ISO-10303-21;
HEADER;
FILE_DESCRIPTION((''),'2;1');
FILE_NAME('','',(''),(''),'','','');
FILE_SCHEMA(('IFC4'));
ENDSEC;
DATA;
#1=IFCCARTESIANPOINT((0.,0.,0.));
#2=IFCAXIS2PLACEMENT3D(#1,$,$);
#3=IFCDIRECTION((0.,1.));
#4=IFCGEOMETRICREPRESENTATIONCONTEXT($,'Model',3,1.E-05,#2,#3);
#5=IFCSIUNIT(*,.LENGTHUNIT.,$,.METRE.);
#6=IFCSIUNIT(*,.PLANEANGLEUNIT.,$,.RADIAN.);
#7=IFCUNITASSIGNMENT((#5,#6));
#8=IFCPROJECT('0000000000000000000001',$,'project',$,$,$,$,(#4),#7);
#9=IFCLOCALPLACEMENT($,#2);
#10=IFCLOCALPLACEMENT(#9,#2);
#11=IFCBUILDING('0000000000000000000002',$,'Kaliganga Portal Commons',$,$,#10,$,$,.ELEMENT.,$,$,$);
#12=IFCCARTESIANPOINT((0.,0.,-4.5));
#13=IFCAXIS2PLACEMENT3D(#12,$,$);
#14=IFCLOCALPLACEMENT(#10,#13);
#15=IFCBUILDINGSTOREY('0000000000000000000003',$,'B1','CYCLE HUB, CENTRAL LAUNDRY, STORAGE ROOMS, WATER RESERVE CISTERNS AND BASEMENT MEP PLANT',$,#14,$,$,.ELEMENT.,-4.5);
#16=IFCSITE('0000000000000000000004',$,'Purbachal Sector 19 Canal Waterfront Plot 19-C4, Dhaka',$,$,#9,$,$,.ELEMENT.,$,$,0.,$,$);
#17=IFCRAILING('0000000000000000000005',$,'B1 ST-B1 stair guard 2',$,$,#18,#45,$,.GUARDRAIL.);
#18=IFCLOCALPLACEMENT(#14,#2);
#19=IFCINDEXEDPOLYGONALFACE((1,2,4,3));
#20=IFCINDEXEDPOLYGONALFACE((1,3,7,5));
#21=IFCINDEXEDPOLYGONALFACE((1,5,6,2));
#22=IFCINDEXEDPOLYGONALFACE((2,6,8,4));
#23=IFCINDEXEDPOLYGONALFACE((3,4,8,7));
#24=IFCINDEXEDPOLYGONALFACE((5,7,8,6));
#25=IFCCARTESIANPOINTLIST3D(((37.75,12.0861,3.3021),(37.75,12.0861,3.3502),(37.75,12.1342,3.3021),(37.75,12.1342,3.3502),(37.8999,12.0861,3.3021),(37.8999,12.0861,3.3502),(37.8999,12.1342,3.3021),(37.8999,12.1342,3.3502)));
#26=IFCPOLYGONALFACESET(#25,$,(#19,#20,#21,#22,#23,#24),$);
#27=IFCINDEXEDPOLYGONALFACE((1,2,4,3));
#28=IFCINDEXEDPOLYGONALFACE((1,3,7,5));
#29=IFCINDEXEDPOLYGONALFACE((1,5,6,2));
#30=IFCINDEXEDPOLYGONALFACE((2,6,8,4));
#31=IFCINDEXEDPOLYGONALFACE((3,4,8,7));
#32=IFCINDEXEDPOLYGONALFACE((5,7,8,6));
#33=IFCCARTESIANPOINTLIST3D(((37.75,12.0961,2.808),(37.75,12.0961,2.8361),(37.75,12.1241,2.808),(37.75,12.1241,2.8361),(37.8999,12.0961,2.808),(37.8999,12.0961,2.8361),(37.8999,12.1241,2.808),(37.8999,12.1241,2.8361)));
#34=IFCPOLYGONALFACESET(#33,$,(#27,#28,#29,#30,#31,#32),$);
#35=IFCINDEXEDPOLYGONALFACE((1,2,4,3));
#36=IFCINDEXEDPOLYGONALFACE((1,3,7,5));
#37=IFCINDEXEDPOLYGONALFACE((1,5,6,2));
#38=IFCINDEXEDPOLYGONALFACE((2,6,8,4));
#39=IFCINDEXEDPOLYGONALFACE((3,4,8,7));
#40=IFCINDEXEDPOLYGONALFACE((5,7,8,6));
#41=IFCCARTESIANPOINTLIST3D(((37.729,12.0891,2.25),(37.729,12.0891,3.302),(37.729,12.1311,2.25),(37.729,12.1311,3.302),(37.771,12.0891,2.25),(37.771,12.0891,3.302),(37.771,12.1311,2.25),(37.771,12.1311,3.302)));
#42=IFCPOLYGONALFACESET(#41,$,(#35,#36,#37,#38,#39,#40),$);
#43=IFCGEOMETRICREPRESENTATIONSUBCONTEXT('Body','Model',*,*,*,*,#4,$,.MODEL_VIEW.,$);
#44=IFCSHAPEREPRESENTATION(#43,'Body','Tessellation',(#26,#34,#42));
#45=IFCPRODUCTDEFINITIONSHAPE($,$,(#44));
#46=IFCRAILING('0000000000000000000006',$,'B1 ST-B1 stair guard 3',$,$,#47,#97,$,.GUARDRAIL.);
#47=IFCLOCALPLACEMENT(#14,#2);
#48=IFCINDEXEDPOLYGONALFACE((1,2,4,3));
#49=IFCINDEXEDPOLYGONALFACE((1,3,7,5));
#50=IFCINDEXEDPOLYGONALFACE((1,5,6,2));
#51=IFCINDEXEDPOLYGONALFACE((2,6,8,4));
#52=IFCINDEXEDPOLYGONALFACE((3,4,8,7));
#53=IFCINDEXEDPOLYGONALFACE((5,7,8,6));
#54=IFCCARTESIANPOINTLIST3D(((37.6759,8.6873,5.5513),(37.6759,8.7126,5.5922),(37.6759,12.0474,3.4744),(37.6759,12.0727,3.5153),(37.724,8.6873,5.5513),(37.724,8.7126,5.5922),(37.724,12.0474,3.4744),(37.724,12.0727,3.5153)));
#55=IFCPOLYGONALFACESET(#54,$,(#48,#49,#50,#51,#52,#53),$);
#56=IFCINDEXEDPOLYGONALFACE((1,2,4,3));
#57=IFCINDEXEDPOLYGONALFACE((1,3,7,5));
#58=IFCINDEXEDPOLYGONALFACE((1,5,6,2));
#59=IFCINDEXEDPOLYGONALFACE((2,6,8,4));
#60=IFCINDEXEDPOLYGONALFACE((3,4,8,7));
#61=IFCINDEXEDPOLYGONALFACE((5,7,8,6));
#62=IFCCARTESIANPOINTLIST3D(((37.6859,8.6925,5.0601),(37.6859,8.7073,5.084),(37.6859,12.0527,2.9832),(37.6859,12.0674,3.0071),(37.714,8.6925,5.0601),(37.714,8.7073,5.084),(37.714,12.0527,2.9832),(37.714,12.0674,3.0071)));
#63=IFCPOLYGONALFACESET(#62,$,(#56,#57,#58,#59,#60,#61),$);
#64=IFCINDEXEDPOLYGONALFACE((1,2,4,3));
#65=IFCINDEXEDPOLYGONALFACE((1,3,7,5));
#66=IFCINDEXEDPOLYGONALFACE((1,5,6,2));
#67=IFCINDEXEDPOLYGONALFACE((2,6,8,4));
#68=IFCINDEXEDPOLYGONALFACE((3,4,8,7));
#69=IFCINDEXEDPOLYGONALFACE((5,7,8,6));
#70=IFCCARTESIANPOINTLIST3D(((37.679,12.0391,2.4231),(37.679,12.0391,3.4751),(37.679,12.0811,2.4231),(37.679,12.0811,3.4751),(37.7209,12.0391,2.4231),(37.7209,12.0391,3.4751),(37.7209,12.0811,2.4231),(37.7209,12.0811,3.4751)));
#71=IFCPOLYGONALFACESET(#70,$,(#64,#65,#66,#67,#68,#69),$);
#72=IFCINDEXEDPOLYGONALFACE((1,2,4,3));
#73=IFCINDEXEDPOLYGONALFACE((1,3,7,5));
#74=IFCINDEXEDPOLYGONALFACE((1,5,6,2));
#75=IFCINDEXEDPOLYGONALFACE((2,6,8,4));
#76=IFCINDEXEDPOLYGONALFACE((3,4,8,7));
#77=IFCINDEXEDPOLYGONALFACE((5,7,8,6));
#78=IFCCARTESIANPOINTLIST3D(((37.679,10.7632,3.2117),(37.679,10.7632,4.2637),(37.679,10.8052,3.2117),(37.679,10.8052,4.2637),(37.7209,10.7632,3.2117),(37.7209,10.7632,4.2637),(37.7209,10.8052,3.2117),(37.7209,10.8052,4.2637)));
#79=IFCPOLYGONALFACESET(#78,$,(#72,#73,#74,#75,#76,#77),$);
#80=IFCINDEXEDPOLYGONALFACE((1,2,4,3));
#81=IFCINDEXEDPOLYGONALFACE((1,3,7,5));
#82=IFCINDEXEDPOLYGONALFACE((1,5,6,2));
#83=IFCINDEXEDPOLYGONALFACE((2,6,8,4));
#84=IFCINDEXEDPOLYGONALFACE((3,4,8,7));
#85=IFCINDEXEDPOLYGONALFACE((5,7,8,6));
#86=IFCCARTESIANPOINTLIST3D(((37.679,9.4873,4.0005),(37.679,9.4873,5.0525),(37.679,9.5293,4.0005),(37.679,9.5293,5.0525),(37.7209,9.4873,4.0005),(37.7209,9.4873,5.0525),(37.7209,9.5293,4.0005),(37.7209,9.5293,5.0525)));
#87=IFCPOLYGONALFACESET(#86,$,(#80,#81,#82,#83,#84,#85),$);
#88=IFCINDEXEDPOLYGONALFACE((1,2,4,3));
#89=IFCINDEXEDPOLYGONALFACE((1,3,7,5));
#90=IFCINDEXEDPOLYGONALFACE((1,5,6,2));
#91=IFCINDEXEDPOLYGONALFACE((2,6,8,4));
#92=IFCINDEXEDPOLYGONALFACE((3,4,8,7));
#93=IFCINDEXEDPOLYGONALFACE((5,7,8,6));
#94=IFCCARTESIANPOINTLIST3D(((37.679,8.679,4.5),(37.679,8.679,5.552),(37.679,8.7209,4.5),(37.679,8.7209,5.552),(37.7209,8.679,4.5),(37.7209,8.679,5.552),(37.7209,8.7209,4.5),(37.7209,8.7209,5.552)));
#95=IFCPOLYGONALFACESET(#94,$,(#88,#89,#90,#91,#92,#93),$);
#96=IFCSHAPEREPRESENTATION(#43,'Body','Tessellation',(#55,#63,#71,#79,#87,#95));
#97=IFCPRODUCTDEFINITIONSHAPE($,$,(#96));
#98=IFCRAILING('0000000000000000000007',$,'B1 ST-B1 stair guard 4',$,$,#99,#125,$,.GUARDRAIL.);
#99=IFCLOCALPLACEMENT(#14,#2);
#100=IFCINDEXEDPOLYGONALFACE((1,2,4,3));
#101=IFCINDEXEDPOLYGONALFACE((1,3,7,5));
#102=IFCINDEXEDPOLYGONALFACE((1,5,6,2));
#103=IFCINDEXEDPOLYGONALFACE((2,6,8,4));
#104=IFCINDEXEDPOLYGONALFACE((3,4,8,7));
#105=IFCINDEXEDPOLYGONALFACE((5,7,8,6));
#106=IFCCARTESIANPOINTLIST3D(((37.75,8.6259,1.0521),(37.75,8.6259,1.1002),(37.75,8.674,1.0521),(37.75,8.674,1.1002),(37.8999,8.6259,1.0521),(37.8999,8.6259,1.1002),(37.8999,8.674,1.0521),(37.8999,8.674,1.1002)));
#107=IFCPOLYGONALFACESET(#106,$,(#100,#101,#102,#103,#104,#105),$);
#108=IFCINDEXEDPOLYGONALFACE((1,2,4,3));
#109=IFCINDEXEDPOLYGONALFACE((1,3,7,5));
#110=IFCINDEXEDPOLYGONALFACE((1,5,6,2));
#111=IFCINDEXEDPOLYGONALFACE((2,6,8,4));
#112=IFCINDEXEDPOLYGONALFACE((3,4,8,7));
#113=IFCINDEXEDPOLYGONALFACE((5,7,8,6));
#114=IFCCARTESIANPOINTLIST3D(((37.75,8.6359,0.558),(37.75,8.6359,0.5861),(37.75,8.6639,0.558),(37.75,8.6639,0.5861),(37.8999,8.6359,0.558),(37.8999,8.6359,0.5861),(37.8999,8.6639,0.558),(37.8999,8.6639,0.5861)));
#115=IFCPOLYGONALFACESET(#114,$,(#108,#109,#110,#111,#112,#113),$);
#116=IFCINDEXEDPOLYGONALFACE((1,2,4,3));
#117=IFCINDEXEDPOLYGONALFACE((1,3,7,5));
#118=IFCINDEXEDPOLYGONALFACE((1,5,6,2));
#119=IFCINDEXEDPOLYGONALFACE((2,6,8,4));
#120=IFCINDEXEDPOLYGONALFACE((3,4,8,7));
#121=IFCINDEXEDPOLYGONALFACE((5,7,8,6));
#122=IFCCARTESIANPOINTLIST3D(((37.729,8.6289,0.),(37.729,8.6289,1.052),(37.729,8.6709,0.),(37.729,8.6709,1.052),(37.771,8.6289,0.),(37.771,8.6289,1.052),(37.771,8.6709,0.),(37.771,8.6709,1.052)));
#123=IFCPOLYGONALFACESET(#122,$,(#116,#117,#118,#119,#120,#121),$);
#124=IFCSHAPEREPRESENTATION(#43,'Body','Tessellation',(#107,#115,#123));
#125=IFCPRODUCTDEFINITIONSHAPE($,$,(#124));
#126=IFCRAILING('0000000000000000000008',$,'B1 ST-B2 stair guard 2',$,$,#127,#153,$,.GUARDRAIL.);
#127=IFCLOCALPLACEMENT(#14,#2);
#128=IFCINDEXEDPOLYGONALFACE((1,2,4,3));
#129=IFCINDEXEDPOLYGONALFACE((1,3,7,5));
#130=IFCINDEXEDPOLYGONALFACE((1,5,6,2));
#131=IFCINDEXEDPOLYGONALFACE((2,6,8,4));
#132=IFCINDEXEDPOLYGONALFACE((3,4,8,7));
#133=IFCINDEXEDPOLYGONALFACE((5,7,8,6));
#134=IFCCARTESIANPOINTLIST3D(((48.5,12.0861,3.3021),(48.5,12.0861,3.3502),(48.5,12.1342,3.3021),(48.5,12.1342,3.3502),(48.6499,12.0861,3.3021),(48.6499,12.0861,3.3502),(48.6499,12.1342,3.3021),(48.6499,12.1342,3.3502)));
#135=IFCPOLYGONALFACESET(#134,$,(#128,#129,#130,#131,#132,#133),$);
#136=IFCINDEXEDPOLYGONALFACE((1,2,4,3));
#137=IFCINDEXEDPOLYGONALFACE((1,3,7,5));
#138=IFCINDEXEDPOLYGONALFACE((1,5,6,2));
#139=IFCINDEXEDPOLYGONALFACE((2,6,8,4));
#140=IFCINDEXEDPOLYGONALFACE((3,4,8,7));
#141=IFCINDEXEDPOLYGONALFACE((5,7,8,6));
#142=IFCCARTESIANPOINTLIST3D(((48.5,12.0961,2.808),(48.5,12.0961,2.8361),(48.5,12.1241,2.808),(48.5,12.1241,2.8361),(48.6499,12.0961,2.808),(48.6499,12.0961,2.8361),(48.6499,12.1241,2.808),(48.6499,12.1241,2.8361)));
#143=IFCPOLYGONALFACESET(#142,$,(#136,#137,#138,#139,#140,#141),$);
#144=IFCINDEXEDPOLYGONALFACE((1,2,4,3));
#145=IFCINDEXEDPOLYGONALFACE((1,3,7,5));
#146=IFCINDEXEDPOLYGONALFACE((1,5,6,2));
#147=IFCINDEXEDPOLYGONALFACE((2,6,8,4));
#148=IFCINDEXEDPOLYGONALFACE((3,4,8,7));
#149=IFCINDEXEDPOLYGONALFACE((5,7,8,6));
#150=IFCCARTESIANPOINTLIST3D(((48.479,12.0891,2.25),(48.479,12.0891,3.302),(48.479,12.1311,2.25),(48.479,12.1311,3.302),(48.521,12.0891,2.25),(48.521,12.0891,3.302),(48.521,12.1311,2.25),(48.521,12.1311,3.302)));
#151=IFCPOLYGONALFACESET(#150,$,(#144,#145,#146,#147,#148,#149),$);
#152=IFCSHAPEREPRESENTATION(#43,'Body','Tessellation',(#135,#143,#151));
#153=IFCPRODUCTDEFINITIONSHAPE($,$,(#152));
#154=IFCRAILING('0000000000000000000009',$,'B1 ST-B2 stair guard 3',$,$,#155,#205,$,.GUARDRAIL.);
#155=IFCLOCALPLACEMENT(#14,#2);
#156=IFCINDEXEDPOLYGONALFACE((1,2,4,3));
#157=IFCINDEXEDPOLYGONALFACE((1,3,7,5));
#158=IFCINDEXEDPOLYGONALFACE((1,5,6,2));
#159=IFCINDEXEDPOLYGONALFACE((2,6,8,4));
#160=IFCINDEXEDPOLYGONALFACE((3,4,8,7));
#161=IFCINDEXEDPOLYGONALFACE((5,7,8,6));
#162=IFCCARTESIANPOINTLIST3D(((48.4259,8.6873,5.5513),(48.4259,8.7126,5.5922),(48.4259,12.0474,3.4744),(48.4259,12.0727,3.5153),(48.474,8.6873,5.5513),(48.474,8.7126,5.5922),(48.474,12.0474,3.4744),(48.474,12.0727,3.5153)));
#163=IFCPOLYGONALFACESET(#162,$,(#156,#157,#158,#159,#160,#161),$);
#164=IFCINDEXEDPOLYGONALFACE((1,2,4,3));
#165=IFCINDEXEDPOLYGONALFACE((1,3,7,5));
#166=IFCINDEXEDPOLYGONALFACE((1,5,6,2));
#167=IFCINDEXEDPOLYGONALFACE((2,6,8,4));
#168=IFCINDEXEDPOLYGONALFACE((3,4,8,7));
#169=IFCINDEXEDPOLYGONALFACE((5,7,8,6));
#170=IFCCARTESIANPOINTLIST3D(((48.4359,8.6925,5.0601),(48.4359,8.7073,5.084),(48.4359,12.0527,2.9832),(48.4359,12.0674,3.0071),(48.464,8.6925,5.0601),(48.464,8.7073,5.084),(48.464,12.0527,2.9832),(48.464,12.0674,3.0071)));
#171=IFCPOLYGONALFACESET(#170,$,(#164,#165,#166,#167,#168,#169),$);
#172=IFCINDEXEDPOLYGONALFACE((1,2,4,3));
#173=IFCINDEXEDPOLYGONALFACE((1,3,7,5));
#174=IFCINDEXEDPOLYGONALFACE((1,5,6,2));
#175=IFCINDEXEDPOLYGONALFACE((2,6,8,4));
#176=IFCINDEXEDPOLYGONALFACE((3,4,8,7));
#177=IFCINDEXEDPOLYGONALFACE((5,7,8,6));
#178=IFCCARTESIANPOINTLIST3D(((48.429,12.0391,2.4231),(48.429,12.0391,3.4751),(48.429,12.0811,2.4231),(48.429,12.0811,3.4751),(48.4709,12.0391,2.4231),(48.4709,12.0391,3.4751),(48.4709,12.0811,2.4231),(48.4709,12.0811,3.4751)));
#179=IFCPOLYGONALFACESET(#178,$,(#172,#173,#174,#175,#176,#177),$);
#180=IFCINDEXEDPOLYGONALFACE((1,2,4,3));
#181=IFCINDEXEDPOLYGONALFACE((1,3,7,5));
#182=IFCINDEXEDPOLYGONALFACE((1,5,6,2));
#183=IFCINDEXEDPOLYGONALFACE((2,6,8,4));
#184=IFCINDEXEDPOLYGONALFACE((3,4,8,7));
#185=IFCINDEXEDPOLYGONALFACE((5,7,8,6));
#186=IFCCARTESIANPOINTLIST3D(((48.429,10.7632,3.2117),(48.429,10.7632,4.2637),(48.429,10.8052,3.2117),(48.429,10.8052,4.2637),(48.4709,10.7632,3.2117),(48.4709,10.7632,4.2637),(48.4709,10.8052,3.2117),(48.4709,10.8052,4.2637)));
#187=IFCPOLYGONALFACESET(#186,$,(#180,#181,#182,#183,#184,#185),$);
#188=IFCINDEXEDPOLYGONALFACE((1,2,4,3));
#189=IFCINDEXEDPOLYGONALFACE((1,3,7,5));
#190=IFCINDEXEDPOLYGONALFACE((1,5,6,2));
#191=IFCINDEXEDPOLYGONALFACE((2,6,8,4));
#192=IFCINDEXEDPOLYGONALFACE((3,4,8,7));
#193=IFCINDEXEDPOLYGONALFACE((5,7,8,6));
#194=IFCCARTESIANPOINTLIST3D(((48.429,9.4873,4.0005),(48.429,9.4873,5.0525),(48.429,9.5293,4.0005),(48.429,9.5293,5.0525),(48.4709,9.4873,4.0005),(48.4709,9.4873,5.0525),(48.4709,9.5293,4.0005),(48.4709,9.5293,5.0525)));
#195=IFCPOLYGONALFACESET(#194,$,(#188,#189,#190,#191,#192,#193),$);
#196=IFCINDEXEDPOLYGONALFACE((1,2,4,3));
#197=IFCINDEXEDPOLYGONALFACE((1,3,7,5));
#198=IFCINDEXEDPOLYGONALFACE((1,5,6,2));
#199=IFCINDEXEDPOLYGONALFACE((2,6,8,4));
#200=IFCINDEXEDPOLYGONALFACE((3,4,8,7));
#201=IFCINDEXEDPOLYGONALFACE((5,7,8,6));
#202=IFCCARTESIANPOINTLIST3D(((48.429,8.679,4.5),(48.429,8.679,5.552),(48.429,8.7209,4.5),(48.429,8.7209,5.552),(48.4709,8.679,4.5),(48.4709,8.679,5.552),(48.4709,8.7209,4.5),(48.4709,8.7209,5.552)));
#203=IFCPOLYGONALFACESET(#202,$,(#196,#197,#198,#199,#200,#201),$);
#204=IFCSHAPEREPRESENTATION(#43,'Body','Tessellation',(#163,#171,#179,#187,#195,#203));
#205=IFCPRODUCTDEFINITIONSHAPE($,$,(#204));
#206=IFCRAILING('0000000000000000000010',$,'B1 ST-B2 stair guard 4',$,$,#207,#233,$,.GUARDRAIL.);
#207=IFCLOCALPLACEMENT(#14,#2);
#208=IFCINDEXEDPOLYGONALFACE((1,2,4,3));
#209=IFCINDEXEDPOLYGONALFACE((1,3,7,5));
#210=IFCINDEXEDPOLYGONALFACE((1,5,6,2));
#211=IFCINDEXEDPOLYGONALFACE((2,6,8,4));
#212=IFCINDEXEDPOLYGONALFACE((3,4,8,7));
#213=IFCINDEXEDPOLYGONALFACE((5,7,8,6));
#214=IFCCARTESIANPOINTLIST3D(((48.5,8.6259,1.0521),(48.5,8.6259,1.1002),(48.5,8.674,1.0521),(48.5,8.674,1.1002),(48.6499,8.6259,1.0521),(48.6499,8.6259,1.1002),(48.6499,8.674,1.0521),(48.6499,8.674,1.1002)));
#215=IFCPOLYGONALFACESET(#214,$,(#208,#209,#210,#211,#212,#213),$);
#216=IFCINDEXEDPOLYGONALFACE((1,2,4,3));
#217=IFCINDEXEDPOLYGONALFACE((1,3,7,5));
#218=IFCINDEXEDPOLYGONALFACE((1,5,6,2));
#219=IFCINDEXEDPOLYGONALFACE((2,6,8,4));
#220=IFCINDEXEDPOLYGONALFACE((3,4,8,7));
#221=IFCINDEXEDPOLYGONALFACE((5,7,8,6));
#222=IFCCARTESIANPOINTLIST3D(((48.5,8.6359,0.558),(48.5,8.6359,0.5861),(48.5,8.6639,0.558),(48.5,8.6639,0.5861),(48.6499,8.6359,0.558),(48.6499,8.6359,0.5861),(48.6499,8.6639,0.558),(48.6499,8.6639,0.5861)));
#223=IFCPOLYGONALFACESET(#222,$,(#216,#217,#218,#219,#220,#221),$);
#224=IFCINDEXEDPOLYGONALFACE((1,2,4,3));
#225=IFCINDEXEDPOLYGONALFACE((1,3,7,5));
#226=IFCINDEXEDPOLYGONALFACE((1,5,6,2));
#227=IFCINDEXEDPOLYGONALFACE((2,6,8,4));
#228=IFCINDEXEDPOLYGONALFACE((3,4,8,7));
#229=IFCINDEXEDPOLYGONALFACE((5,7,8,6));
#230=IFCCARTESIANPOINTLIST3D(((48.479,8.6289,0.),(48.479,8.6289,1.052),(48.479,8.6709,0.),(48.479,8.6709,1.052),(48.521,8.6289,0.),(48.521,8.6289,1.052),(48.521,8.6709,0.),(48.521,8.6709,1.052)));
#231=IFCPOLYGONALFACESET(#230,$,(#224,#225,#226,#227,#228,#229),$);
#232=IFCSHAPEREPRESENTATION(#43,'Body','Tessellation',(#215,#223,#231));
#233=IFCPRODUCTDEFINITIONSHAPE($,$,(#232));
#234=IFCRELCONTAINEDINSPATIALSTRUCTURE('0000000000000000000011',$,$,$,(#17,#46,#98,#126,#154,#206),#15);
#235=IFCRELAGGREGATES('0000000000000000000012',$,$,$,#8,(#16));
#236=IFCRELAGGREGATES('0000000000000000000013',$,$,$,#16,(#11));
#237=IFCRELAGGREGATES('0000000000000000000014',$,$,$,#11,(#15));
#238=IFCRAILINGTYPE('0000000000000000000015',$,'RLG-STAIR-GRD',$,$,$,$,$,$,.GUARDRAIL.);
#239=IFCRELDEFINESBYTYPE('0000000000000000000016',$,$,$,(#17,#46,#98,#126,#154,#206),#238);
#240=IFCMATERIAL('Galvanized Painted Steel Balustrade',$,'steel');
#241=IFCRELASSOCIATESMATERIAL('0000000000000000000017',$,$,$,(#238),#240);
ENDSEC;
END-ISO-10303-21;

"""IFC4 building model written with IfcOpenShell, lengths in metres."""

from ifc_helpers import new_model, si_unit, direction, frame, origin, origin_2d, place, context, subcontext, project, spatial, rectangle, extrude, material, type_object, element, save


model = new_model("IFC4")

# Units and contexts
model_context = context("Model", 3, precision=1e-05, world=origin(), true_north=direction((0.0, 1.0)))
body_context = subcontext(model_context, "Body", "Model", "MODEL_VIEW")
ifc_project = project(units=[si_unit("LENGTHUNIT", "METRE"), si_unit("PLANEANGLEUNIT", "RADIAN")], contexts=[model_context])

# Site, building, storey
site_placement = place(None, origin())
site = spatial("IfcSite", under=ifc_project, at=site_placement, Name="Purbachal Sector 19 Canal Waterfront Plot 19-C4, Dhaka", CompositionType="ELEMENT", RefElevation=0.0)
building_placement = place(site_placement, origin())
building = spatial("IfcBuilding", under=site, at=building_placement, Name="Kaliganga Portal Commons", CompositionType="ELEMENT")
storey_placement = place(building_placement, frame((0.0, 0.0, -4.5)))
storey = spatial("IfcBuildingStorey", under=building, at=storey_placement, Name="B1", Description="CYCLE HUB, CENTRAL LAUNDRY, STORAGE ROOMS, WATER RESERVE CISTERNS AND BASEMENT MEP PLANT", CompositionType="ELEMENT", Elevation=-4.5)

# Railings
ifc_material_1 = material(Name="Galvanized Painted Steel Balustrade", Category="steel")
railing_type_1 = type_object("IfcRailingType", Name="RLG-STAIR-GRD", PredefinedType="GUARDRAIL", material=ifc_material_1)
railing_1_placement = place(storey_placement, frame((37.8999, 12.1101, 2.25)))
element("IfcRailing", 1, at=railing_1_placement, inside=storey, type_object=railing_type_1, Name="B1 ST-B1 stair guard 2", PredefinedType="GUARDRAIL", context=body_context, shape_type="SweptSolid", body=[
    extrude(rectangle(XDim=0.0481, YDim=0.0481, at=origin_2d()), frame((0.0, 0.0, 1.0762), z_axis=(-1.0, 0.0, 0.0), x_axis=(0.0, -1.0, 0.0)), (0.0, 0.0, 1.0), 0.1499),
    extrude(rectangle(XDim=0.0281, YDim=0.0281, at=origin_2d()), frame((0.0, 0.0, 0.572), z_axis=(-1.0, 0.0, 0.0), x_axis=(0.0, -1.0, 0.0)), (0.0, 0.0, 1.0), 0.1499),
    extrude(rectangle(XDim=0.042, YDim=0.042, at=origin_2d()), frame((-0.1499, 0.0, 0.0)), (0.0, 0.0, 1.0), 1.052),
])
railing_2_placement = place(storey_placement, frame((37.7, 12.0601, 2.4231)))
element("IfcRailing", 2, at=railing_2_placement, inside=storey, type_object=railing_type_1, Name="B1 ST-B1 stair guard 3", PredefinedType="GUARDRAIL", context=body_context, shape_type="SweptSolid", body=[
    extrude(rectangle(XDim=0.0481, YDim=0.0481, at=origin_2d()), frame((0.0, 0.0, 1.0718), z_axis=(0.0, -0.850623, 0.525776), x_axis=(1.0, 0.0, 0.0)), (0.0, 0.0, 1.0), 3.9502),
    extrude(rectangle(XDim=0.0281, YDim=0.0281, at=origin_2d()), frame((0.0, 0.0, 0.572), z_axis=(0.0, -0.850623, 0.525776), x_axis=(1.0, 0.0, 0.0)), (0.0, 0.0, 1.0), 3.9502),
    extrude(rectangle(XDim=0.042, YDim=0.042, at=origin_2d()), origin(), (0.0, 0.0, 1.0), 1.052),
    extrude(rectangle(XDim=0.042, YDim=0.042, at=origin_2d()), frame((0.0, -1.2759, 0.7886)), (0.0, 0.0, 1.0), 1.052),
    extrude(rectangle(XDim=0.042, YDim=0.042, at=origin_2d()), frame((0.0, -2.5518, 1.5774)), (0.0, 0.0, 1.0), 1.052),
    extrude(rectangle(XDim=0.042, YDim=0.042, at=origin_2d()), frame((0.0, -3.3601, 2.0769)), (0.0, 0.0, 1.0), 1.052),
])
for number, where, name in (
    (3, (37.8999, 8.6499, 0.0), "B1 ST-B1 stair guard 4"),
    (4, (48.6499, 12.1101, 2.25), "B1 ST-B2 stair guard 2"),
):
    element("IfcRailing", number, at=place(storey_placement, frame(where)), inside=storey, type_object=railing_type_1, Name=name, PredefinedType="GUARDRAIL", context=body_context, shape_type="SweptSolid", body=[
        extrude(rectangle(XDim=0.0481, YDim=0.0481, at=origin_2d()), frame((0.0, 0.0, 1.0762), z_axis=(-1.0, 0.0, 0.0), x_axis=(0.0, -1.0, 0.0)), (0.0, 0.0, 1.0), 0.1499),
        extrude(rectangle(XDim=0.0281, YDim=0.0281, at=origin_2d()), frame((0.0, 0.0, 0.572), z_axis=(-1.0, 0.0, 0.0), x_axis=(0.0, -1.0, 0.0)), (0.0, 0.0, 1.0), 0.1499),
        extrude(rectangle(XDim=0.042, YDim=0.042, at=origin_2d()), frame((-0.1499, 0.0, 0.0)), (0.0, 0.0, 1.0), 1.052),
    ])
railing_3_placement = place(storey_placement, frame((48.45, 12.0601, 2.4231)))
element("IfcRailing", 5, at=railing_3_placement, inside=storey, type_object=railing_type_1, Name="B1 ST-B2 stair guard 3", PredefinedType="GUARDRAIL", context=body_context, shape_type="SweptSolid", body=[
    extrude(rectangle(XDim=0.0481, YDim=0.0481, at=origin_2d()), frame((0.0, 0.0, 1.0718), z_axis=(0.0, -0.850623, 0.525776), x_axis=(1.0, 0.0, 0.0)), (0.0, 0.0, 1.0), 3.9502),
    extrude(rectangle(XDim=0.0281, YDim=0.0281, at=origin_2d()), frame((0.0, 0.0, 0.572), z_axis=(0.0, -0.850623, 0.525776), x_axis=(1.0, 0.0, 0.0)), (0.0, 0.0, 1.0), 3.9502),
    extrude(rectangle(XDim=0.042, YDim=0.042, at=origin_2d()), origin(), (0.0, 0.0, 1.0), 1.052),
    extrude(rectangle(XDim=0.042, YDim=0.042, at=origin_2d()), frame((0.0, -1.2759, 0.7886)), (0.0, 0.0, 1.0), 1.052),
    extrude(rectangle(XDim=0.042, YDim=0.042, at=origin_2d()), frame((0.0, -2.5518, 1.5774)), (0.0, 0.0, 1.0), 1.052),
    extrude(rectangle(XDim=0.042, YDim=0.042, at=origin_2d()), frame((0.0, -3.3601, 2.0769)), (0.0, 0.0, 1.0), 1.052),
])
railing_4_placement = place(storey_placement, frame((48.6499, 8.6499, 0.0)))
element("IfcRailing", 6, at=railing_4_placement, inside=storey, type_object=railing_type_1, Name="B1 ST-B2 stair guard 4", PredefinedType="GUARDRAIL", context=body_context, shape_type="SweptSolid", body=[
    extrude(rectangle(XDim=0.0481, YDim=0.0481, at=origin_2d()), frame((0.0, 0.0, 1.0762), z_axis=(-1.0, 0.0, 0.0), x_axis=(0.0, -1.0, 0.0)), (0.0, 0.0, 1.0), 0.1499),
    extrude(rectangle(XDim=0.0281, YDim=0.0281, at=origin_2d()), frame((0.0, 0.0, 0.572), z_axis=(-1.0, 0.0, 0.0), x_axis=(0.0, -1.0, 0.0)), (0.0, 0.0, 1.0), 0.1499),
    extrude(rectangle(XDim=0.042, YDim=0.042, at=origin_2d()), frame((-0.1499, 0.0, 0.0)), (0.0, 0.0, 1.0), 1.052),
])

save(model, "model.ifc")
